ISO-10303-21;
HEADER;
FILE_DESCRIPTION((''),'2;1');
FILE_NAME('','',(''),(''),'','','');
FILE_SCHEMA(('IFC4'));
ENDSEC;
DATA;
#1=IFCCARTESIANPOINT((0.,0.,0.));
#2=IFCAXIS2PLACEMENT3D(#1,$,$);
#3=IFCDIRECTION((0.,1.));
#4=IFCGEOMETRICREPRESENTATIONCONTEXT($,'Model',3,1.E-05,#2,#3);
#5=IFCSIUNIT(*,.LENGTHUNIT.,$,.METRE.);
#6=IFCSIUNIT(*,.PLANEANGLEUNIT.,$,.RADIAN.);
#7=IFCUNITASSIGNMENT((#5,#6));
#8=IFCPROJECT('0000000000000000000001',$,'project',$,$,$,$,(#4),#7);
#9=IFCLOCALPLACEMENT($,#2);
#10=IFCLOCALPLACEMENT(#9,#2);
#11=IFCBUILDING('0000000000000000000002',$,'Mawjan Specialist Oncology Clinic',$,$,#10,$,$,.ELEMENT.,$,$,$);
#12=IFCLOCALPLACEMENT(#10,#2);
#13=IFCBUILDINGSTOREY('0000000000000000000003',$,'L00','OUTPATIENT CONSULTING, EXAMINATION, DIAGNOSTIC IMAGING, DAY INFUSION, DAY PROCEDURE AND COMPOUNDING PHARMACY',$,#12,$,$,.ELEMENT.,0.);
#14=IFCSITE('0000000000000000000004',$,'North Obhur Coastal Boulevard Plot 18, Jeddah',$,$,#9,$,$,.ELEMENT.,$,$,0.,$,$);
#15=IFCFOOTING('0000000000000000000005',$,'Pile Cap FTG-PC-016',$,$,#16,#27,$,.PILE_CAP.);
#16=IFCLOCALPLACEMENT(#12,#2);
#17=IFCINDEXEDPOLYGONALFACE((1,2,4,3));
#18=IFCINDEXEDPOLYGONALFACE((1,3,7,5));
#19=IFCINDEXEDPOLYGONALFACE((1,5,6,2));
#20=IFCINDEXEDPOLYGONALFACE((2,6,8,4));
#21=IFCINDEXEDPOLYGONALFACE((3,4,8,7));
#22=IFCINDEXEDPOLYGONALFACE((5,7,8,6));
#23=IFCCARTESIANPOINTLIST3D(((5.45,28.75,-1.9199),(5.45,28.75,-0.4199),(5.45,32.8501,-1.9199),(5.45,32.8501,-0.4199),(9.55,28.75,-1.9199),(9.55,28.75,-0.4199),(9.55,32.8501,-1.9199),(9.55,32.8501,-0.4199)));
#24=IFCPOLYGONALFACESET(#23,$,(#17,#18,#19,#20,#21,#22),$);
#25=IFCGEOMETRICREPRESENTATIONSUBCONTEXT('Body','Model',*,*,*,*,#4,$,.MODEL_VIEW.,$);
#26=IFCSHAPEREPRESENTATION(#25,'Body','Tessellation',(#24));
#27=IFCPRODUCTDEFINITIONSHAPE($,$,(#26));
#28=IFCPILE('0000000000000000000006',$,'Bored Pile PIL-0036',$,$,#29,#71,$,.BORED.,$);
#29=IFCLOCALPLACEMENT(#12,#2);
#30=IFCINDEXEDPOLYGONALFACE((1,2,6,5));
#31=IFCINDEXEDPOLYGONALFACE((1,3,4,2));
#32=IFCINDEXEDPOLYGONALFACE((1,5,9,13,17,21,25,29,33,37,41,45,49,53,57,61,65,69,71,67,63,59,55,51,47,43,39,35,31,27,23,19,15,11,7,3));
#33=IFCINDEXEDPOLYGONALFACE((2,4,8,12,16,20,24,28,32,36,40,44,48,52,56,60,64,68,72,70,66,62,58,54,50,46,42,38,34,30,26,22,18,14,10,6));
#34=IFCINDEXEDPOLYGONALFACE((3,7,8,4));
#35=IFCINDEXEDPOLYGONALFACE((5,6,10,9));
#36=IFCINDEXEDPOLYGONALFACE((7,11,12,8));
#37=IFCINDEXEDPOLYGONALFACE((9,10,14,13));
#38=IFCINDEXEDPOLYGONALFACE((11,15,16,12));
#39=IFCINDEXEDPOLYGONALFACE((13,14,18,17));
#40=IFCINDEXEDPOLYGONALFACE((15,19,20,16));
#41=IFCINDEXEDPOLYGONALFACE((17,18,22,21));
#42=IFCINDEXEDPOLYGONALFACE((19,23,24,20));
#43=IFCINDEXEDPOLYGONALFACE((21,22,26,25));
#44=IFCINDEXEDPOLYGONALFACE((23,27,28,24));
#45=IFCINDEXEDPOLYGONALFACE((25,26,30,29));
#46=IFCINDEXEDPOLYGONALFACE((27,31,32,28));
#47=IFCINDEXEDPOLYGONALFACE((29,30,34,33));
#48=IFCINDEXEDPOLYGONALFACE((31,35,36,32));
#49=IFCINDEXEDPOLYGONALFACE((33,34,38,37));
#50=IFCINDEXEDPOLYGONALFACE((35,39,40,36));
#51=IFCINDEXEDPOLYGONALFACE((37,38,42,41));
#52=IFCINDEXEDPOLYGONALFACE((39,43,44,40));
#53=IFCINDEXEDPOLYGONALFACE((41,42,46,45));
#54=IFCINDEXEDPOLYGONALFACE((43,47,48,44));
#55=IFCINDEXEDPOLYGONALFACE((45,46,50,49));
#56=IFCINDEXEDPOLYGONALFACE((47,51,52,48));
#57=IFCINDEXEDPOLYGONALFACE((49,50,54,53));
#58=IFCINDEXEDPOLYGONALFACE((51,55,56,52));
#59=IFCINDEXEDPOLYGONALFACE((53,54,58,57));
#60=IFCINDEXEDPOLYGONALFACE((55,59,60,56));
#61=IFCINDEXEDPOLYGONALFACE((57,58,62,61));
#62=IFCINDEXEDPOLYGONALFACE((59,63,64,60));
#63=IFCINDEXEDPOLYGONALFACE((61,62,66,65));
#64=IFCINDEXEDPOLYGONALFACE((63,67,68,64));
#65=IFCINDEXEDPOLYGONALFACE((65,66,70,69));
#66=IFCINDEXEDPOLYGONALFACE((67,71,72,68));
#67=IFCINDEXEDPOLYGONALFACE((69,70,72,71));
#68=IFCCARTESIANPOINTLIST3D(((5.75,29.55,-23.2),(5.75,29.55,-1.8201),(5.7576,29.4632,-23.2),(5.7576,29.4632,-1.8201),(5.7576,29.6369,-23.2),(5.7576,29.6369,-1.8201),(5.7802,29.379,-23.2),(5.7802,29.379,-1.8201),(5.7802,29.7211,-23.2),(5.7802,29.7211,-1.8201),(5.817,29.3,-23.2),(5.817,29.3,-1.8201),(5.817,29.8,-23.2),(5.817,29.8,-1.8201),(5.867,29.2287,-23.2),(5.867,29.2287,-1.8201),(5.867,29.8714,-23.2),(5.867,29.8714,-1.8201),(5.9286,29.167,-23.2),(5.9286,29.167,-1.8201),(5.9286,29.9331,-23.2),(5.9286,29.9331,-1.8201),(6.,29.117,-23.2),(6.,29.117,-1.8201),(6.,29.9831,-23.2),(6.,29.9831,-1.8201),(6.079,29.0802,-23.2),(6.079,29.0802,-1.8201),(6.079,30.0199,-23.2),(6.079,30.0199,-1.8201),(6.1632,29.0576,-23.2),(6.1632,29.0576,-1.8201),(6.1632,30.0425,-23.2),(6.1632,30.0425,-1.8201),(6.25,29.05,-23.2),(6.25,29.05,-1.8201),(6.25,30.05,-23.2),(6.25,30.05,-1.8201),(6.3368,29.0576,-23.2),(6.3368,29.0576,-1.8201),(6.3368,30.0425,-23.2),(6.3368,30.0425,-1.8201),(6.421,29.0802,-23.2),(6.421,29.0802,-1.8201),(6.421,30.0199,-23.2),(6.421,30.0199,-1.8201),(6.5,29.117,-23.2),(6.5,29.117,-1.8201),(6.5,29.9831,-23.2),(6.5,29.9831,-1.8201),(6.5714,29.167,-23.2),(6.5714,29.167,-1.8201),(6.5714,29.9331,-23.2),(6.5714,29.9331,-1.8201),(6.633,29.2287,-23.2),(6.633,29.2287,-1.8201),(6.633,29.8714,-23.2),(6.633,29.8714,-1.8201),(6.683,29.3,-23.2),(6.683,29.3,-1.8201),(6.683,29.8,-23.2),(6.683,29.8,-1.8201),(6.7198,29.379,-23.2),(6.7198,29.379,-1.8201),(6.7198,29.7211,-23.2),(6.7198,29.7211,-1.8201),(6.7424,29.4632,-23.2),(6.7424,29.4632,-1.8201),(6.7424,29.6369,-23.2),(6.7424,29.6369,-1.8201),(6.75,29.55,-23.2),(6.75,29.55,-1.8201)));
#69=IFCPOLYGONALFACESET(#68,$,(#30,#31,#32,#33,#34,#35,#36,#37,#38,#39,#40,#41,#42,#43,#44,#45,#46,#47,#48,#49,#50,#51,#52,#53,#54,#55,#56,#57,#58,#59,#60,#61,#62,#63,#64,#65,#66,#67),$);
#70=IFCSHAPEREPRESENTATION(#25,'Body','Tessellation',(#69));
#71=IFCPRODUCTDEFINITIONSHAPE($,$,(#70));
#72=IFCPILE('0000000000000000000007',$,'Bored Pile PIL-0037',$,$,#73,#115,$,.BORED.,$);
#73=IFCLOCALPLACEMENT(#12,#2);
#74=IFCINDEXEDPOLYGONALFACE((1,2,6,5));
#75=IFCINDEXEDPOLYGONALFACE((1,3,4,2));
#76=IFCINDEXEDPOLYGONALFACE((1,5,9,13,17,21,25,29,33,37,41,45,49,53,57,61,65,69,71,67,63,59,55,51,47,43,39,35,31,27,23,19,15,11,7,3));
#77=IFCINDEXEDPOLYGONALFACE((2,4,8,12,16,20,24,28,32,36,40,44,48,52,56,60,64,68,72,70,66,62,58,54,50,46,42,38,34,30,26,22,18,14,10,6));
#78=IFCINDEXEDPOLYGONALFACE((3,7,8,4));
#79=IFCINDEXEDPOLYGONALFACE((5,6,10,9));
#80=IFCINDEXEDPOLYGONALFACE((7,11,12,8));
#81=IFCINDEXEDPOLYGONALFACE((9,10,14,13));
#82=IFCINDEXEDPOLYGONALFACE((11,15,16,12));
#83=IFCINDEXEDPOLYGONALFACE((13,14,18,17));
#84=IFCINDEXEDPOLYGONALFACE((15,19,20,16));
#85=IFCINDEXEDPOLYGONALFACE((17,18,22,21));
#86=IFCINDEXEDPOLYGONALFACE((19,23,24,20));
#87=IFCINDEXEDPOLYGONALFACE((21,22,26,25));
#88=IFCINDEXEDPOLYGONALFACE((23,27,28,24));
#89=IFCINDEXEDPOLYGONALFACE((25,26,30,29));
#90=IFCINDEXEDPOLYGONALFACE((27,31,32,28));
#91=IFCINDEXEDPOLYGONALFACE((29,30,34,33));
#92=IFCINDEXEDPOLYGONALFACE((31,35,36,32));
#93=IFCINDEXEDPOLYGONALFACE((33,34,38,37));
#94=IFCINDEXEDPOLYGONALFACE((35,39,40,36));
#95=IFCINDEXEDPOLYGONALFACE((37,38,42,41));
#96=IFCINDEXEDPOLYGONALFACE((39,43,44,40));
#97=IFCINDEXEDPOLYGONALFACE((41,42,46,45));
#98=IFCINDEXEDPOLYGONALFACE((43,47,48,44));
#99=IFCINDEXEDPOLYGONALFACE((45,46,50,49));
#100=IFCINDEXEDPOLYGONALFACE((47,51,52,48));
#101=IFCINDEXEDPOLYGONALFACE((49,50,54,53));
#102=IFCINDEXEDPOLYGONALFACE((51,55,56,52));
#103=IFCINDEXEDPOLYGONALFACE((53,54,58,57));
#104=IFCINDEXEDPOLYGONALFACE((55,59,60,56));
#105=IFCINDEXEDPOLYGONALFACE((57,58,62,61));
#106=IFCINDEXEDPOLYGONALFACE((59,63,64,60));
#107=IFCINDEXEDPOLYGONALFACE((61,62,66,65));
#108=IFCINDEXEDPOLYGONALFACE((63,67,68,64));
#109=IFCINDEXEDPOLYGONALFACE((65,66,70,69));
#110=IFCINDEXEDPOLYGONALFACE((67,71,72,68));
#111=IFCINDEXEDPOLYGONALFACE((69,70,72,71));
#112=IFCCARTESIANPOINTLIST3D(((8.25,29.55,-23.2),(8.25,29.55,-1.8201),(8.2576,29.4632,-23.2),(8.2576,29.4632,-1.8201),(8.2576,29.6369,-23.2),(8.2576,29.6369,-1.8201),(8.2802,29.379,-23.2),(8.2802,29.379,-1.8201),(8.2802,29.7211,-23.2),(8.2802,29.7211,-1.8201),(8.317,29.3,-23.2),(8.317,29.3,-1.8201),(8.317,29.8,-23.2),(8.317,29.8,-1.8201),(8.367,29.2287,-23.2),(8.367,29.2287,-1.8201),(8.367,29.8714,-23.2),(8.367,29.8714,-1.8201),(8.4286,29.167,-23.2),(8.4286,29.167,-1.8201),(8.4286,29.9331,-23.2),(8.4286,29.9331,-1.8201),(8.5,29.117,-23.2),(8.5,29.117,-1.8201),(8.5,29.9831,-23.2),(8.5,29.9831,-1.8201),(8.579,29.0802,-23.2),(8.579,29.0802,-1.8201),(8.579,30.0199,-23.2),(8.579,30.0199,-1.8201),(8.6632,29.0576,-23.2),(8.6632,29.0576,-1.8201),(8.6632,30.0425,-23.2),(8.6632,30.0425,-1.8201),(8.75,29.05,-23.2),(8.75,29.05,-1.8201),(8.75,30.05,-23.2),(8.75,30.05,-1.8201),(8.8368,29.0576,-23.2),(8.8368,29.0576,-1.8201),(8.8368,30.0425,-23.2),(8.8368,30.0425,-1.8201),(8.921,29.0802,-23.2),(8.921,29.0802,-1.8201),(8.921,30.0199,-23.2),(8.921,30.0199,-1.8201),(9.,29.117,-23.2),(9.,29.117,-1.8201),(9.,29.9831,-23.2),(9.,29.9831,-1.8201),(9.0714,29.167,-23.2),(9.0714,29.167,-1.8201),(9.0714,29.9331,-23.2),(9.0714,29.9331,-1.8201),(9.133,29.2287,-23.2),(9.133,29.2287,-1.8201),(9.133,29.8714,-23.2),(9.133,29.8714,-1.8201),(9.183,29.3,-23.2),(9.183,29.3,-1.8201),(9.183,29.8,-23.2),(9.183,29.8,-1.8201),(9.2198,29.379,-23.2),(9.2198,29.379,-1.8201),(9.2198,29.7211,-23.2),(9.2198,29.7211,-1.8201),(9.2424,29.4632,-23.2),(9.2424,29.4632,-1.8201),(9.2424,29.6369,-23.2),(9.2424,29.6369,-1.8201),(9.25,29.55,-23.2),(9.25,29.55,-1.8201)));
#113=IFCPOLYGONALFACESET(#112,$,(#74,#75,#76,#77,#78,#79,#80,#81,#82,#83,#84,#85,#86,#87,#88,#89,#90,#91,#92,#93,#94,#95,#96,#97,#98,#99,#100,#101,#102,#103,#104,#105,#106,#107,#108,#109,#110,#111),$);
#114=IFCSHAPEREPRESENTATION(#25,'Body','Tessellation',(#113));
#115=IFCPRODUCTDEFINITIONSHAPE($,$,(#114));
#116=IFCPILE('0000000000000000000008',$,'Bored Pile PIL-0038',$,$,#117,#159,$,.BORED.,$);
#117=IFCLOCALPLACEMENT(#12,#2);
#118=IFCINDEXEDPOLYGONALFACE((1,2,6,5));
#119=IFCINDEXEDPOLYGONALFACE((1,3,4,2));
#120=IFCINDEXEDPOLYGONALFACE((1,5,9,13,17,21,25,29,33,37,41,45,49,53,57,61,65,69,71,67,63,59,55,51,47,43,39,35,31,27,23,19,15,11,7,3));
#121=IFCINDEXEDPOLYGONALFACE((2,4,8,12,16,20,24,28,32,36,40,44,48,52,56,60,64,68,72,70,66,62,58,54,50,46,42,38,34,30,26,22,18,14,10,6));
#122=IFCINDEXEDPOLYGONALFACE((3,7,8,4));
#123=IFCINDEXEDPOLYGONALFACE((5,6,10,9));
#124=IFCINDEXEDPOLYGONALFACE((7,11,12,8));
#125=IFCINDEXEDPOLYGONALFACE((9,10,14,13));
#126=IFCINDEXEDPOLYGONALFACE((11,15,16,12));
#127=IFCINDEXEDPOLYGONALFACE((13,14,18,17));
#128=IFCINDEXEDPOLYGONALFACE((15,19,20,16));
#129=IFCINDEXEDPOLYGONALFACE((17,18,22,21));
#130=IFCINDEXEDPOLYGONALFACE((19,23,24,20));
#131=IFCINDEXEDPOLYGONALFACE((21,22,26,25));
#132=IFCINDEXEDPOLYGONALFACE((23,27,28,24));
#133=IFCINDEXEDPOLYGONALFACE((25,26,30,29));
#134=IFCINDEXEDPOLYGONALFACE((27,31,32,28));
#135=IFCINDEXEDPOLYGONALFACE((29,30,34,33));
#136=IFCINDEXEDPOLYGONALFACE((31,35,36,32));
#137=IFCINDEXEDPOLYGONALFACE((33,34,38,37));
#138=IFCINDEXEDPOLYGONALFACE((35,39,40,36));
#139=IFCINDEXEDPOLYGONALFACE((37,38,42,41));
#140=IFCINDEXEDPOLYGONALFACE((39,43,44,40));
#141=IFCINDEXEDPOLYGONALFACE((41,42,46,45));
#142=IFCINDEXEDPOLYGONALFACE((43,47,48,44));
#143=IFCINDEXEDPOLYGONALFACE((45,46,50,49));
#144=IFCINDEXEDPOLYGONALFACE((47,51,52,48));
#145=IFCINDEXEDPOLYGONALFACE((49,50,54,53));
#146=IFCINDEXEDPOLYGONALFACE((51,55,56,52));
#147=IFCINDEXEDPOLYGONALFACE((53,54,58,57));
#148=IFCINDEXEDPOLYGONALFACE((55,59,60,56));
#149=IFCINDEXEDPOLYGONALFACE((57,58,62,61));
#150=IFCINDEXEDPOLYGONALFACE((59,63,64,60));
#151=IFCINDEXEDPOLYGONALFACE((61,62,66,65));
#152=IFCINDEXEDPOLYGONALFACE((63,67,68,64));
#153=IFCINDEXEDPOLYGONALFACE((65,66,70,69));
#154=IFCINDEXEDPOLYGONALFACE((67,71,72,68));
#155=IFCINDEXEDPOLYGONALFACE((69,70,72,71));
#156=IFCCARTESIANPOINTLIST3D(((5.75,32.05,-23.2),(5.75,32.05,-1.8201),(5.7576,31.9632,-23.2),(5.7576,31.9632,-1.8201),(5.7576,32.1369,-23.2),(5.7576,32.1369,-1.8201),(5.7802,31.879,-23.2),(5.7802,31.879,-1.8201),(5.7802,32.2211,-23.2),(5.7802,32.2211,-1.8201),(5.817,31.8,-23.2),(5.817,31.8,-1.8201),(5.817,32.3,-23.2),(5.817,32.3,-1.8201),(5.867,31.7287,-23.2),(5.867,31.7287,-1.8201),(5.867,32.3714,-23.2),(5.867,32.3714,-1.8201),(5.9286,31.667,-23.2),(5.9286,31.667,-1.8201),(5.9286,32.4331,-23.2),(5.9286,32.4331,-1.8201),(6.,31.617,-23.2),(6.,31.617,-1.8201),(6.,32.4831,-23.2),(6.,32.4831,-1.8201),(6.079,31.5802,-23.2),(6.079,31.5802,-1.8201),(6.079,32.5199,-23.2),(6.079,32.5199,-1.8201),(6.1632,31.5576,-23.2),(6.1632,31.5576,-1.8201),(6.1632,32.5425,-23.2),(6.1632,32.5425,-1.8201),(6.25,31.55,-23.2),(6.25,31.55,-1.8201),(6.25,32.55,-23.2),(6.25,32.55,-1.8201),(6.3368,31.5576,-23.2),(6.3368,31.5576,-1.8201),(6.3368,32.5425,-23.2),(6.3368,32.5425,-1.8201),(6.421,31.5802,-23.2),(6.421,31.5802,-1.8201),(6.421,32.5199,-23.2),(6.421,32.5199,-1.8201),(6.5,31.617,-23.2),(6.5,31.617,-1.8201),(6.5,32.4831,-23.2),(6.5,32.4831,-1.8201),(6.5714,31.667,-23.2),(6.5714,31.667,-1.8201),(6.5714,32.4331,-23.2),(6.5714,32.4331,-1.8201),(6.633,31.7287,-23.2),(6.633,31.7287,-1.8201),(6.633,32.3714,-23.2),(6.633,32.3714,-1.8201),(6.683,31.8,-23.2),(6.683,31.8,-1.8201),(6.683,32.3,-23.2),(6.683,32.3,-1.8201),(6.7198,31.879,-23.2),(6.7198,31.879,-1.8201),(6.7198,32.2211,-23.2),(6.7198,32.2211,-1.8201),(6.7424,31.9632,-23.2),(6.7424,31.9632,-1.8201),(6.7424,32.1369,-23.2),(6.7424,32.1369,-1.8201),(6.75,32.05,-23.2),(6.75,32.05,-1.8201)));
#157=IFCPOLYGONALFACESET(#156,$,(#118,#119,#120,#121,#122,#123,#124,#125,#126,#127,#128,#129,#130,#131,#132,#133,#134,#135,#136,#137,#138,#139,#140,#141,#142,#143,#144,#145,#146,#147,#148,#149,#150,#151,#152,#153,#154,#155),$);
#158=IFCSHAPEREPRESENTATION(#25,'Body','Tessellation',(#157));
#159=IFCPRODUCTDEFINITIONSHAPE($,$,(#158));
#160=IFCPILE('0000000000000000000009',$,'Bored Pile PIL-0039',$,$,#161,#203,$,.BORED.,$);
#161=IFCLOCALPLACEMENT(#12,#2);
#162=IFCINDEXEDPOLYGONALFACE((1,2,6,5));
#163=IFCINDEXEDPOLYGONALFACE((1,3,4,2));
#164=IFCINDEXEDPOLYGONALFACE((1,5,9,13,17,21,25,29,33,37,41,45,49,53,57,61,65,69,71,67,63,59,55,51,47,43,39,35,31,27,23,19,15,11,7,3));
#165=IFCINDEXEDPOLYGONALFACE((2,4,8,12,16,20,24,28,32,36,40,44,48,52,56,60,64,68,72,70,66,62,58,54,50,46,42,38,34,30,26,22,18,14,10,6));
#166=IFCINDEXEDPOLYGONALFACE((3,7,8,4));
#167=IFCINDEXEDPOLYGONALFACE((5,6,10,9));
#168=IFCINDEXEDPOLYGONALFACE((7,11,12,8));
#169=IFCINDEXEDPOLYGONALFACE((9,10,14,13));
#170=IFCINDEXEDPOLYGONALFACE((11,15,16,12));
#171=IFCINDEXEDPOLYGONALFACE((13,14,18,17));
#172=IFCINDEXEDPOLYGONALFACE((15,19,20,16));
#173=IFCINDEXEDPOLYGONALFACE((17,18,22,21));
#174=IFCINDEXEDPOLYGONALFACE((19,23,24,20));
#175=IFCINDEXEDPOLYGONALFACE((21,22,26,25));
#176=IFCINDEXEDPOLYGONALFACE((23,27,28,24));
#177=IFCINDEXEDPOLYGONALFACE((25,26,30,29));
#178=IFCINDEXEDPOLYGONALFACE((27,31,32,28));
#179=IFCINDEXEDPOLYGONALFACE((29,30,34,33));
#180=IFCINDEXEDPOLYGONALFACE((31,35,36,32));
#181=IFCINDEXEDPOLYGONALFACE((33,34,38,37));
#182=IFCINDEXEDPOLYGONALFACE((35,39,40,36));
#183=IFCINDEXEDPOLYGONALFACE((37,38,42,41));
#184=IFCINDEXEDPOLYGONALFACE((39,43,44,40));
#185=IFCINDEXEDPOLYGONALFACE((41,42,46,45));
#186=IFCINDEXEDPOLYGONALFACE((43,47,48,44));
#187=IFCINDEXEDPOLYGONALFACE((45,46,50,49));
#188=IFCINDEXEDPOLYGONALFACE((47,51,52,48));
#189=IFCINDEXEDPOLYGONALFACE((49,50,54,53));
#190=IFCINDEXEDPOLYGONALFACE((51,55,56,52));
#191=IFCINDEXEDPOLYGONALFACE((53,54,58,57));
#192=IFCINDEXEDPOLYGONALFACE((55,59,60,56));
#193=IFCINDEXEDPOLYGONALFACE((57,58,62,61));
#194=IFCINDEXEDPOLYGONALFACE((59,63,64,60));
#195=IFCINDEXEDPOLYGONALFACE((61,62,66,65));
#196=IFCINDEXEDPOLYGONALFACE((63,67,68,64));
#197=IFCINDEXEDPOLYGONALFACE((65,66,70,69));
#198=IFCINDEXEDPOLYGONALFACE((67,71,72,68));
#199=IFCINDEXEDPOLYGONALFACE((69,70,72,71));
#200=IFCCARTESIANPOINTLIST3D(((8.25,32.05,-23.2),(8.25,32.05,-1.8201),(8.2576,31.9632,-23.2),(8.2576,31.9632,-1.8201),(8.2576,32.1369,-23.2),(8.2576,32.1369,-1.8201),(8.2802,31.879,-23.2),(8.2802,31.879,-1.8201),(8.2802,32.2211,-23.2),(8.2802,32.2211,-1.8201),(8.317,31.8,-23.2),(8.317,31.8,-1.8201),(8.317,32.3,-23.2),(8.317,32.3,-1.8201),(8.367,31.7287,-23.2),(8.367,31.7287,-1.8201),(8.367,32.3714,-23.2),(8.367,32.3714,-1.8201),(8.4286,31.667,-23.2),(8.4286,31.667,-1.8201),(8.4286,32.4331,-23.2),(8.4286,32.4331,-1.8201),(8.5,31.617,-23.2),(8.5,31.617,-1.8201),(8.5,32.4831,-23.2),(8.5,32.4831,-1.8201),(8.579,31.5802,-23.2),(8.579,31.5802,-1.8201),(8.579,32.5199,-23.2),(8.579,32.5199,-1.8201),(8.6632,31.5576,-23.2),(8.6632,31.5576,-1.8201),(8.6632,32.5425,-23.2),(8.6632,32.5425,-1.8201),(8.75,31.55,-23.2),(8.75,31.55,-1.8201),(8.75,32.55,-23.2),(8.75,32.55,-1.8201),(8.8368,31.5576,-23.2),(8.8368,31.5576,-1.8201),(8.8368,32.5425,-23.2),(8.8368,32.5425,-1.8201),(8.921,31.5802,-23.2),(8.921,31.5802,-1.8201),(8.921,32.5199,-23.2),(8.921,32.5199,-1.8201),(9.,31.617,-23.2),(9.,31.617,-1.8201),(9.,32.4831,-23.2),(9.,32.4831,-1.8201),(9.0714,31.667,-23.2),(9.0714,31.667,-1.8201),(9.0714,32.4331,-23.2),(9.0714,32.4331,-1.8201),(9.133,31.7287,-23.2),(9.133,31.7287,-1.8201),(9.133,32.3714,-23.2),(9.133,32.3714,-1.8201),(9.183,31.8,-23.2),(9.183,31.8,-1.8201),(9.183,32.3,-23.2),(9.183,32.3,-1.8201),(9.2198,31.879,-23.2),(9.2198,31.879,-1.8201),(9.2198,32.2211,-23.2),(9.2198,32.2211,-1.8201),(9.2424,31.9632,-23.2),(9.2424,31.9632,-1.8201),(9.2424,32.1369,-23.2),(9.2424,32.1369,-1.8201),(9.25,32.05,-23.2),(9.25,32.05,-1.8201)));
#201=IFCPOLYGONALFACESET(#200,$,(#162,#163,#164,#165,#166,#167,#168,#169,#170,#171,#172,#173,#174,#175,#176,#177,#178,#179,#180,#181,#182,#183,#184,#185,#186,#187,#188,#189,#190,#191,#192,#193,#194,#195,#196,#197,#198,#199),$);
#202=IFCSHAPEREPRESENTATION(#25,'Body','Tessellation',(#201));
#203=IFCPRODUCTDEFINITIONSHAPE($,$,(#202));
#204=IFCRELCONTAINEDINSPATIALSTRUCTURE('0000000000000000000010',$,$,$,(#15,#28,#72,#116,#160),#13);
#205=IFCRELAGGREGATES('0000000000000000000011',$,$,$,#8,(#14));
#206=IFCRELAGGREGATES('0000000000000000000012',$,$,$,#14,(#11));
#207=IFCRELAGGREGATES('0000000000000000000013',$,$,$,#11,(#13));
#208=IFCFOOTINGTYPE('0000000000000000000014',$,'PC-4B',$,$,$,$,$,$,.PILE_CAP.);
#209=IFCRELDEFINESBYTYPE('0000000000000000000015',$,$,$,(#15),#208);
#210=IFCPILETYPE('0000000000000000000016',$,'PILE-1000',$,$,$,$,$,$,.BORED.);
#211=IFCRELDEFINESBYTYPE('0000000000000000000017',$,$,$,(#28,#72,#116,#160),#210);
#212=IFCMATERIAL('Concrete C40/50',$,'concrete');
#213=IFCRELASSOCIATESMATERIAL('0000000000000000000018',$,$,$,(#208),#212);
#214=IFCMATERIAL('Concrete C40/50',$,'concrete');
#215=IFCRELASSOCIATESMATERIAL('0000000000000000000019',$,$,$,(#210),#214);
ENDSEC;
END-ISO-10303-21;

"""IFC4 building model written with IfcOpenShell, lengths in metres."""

from ifc_helpers import new_model, si_unit, direction, frame, origin, origin_2d, place, context, subcontext, project, spatial, rectangle, circle, extrude, material, material_profile, profile_set, type_object, element, save


model = new_model("IFC4")

# Units and contexts
model_context = context("Model", 3, precision=1e-05, world=origin(), true_north=direction((0.0, 1.0)))
body_context = subcontext(model_context, "Body", "Model", "MODEL_VIEW")
ifc_project = project(units=[si_unit("LENGTHUNIT", "METRE"), si_unit("PLANEANGLEUNIT", "RADIAN")], contexts=[model_context])

# Site, building, storey
site_placement = place(None, origin())
site = spatial("IfcSite", under=ifc_project, at=site_placement, Name="North Obhur Coastal Boulevard Plot 18, Jeddah", CompositionType="ELEMENT", RefElevation=0.0)
building_placement = place(site_placement, origin())
building = spatial("IfcBuilding", under=site, at=building_placement, Name="Mawjan Specialist Oncology Clinic", CompositionType="ELEMENT")
storey_placement = place(building_placement, origin())
storey = spatial("IfcBuildingStorey", under=building, at=storey_placement, Name="L00", Description="OUTPATIENT CONSULTING, EXAMINATION, DIAGNOSTIC IMAGING, DAY INFUSION, DAY PROCEDURE AND COMPOUNDING PHARMACY", CompositionType="ELEMENT", Elevation=0.0)

# Footing
ifc_material_1 = material(Name="Concrete C40/50", Category="concrete")
footing_type_1 = type_object("IfcFootingType", Name="PC-4B", PredefinedType="PILE_CAP", material=ifc_material_1)
footing_1_placement = place(storey_placement, frame((7.5, 30.8, -1.9199), z_axis=(0.0, 0.0, 1.0), x_axis=(1.0, 0.0, 0.0)))
element("IfcFooting", 1, at=footing_1_placement, inside=storey, type_object=footing_type_1, Name="Pile Cap FTG-PC-016", PredefinedType="PILE_CAP", context=body_context, shape_type="SweptSolid", body=[
    extrude(rectangle(XDim=4.1001, YDim=4.1001, at=origin_2d()), origin(), (0.0, 0.0, 1.0), 1.5),
])

# Piles
ifc_material_2 = material(Name="Concrete C40/50", Category="concrete")
ifc_material_profile_1 = material_profile(ifc_material_2, circle(Radius=0.5, at=origin_2d()), Name="BORED PILE D1000", Category="concrete")
ifc_profile_set_1 = profile_set([ifc_material_profile_1], Name="Concrete C40/50")
pile_type = type_object("IfcPileType", Name="PILE-1000", PredefinedType="BORED", material=ifc_profile_set_1)
for number, where, z_axis, x_axis, name in (
    (2, (6.25, 29.55, -1.8201), (0.0, 0.0, -1.0), (1.0, 0.0, 0.0), "Bored Pile PIL-0036"),
    (3, (8.75, 29.55, -1.8201), (0.0, 0.0, -1.0), (1.0, 0.0, 0.0), "Bored Pile PIL-0037"),
    (4, (6.25, 32.05, -1.8201), (0.0, 0.0, -1.0), (1.0, 0.0, 0.0), "Bored Pile PIL-0038"),
    (5, (8.75, 32.05, -1.8201), (0.0, 0.0, -1.0), (1.0, 0.0, 0.0), "Bored Pile PIL-0039"),
):
    element("IfcPile", number, at=place(storey_placement, frame(where, z_axis=z_axis, x_axis=x_axis)), inside=storey, type_object=pile_type, Name=name, PredefinedType="BORED", context=body_context, shape_type="SweptSolid", body=[
        extrude(circle(Radius=0.5, at=origin_2d()), origin(), (0.0, 0.0, 1.0), 21.3799),
    ])

save(model, "model.ifc")
